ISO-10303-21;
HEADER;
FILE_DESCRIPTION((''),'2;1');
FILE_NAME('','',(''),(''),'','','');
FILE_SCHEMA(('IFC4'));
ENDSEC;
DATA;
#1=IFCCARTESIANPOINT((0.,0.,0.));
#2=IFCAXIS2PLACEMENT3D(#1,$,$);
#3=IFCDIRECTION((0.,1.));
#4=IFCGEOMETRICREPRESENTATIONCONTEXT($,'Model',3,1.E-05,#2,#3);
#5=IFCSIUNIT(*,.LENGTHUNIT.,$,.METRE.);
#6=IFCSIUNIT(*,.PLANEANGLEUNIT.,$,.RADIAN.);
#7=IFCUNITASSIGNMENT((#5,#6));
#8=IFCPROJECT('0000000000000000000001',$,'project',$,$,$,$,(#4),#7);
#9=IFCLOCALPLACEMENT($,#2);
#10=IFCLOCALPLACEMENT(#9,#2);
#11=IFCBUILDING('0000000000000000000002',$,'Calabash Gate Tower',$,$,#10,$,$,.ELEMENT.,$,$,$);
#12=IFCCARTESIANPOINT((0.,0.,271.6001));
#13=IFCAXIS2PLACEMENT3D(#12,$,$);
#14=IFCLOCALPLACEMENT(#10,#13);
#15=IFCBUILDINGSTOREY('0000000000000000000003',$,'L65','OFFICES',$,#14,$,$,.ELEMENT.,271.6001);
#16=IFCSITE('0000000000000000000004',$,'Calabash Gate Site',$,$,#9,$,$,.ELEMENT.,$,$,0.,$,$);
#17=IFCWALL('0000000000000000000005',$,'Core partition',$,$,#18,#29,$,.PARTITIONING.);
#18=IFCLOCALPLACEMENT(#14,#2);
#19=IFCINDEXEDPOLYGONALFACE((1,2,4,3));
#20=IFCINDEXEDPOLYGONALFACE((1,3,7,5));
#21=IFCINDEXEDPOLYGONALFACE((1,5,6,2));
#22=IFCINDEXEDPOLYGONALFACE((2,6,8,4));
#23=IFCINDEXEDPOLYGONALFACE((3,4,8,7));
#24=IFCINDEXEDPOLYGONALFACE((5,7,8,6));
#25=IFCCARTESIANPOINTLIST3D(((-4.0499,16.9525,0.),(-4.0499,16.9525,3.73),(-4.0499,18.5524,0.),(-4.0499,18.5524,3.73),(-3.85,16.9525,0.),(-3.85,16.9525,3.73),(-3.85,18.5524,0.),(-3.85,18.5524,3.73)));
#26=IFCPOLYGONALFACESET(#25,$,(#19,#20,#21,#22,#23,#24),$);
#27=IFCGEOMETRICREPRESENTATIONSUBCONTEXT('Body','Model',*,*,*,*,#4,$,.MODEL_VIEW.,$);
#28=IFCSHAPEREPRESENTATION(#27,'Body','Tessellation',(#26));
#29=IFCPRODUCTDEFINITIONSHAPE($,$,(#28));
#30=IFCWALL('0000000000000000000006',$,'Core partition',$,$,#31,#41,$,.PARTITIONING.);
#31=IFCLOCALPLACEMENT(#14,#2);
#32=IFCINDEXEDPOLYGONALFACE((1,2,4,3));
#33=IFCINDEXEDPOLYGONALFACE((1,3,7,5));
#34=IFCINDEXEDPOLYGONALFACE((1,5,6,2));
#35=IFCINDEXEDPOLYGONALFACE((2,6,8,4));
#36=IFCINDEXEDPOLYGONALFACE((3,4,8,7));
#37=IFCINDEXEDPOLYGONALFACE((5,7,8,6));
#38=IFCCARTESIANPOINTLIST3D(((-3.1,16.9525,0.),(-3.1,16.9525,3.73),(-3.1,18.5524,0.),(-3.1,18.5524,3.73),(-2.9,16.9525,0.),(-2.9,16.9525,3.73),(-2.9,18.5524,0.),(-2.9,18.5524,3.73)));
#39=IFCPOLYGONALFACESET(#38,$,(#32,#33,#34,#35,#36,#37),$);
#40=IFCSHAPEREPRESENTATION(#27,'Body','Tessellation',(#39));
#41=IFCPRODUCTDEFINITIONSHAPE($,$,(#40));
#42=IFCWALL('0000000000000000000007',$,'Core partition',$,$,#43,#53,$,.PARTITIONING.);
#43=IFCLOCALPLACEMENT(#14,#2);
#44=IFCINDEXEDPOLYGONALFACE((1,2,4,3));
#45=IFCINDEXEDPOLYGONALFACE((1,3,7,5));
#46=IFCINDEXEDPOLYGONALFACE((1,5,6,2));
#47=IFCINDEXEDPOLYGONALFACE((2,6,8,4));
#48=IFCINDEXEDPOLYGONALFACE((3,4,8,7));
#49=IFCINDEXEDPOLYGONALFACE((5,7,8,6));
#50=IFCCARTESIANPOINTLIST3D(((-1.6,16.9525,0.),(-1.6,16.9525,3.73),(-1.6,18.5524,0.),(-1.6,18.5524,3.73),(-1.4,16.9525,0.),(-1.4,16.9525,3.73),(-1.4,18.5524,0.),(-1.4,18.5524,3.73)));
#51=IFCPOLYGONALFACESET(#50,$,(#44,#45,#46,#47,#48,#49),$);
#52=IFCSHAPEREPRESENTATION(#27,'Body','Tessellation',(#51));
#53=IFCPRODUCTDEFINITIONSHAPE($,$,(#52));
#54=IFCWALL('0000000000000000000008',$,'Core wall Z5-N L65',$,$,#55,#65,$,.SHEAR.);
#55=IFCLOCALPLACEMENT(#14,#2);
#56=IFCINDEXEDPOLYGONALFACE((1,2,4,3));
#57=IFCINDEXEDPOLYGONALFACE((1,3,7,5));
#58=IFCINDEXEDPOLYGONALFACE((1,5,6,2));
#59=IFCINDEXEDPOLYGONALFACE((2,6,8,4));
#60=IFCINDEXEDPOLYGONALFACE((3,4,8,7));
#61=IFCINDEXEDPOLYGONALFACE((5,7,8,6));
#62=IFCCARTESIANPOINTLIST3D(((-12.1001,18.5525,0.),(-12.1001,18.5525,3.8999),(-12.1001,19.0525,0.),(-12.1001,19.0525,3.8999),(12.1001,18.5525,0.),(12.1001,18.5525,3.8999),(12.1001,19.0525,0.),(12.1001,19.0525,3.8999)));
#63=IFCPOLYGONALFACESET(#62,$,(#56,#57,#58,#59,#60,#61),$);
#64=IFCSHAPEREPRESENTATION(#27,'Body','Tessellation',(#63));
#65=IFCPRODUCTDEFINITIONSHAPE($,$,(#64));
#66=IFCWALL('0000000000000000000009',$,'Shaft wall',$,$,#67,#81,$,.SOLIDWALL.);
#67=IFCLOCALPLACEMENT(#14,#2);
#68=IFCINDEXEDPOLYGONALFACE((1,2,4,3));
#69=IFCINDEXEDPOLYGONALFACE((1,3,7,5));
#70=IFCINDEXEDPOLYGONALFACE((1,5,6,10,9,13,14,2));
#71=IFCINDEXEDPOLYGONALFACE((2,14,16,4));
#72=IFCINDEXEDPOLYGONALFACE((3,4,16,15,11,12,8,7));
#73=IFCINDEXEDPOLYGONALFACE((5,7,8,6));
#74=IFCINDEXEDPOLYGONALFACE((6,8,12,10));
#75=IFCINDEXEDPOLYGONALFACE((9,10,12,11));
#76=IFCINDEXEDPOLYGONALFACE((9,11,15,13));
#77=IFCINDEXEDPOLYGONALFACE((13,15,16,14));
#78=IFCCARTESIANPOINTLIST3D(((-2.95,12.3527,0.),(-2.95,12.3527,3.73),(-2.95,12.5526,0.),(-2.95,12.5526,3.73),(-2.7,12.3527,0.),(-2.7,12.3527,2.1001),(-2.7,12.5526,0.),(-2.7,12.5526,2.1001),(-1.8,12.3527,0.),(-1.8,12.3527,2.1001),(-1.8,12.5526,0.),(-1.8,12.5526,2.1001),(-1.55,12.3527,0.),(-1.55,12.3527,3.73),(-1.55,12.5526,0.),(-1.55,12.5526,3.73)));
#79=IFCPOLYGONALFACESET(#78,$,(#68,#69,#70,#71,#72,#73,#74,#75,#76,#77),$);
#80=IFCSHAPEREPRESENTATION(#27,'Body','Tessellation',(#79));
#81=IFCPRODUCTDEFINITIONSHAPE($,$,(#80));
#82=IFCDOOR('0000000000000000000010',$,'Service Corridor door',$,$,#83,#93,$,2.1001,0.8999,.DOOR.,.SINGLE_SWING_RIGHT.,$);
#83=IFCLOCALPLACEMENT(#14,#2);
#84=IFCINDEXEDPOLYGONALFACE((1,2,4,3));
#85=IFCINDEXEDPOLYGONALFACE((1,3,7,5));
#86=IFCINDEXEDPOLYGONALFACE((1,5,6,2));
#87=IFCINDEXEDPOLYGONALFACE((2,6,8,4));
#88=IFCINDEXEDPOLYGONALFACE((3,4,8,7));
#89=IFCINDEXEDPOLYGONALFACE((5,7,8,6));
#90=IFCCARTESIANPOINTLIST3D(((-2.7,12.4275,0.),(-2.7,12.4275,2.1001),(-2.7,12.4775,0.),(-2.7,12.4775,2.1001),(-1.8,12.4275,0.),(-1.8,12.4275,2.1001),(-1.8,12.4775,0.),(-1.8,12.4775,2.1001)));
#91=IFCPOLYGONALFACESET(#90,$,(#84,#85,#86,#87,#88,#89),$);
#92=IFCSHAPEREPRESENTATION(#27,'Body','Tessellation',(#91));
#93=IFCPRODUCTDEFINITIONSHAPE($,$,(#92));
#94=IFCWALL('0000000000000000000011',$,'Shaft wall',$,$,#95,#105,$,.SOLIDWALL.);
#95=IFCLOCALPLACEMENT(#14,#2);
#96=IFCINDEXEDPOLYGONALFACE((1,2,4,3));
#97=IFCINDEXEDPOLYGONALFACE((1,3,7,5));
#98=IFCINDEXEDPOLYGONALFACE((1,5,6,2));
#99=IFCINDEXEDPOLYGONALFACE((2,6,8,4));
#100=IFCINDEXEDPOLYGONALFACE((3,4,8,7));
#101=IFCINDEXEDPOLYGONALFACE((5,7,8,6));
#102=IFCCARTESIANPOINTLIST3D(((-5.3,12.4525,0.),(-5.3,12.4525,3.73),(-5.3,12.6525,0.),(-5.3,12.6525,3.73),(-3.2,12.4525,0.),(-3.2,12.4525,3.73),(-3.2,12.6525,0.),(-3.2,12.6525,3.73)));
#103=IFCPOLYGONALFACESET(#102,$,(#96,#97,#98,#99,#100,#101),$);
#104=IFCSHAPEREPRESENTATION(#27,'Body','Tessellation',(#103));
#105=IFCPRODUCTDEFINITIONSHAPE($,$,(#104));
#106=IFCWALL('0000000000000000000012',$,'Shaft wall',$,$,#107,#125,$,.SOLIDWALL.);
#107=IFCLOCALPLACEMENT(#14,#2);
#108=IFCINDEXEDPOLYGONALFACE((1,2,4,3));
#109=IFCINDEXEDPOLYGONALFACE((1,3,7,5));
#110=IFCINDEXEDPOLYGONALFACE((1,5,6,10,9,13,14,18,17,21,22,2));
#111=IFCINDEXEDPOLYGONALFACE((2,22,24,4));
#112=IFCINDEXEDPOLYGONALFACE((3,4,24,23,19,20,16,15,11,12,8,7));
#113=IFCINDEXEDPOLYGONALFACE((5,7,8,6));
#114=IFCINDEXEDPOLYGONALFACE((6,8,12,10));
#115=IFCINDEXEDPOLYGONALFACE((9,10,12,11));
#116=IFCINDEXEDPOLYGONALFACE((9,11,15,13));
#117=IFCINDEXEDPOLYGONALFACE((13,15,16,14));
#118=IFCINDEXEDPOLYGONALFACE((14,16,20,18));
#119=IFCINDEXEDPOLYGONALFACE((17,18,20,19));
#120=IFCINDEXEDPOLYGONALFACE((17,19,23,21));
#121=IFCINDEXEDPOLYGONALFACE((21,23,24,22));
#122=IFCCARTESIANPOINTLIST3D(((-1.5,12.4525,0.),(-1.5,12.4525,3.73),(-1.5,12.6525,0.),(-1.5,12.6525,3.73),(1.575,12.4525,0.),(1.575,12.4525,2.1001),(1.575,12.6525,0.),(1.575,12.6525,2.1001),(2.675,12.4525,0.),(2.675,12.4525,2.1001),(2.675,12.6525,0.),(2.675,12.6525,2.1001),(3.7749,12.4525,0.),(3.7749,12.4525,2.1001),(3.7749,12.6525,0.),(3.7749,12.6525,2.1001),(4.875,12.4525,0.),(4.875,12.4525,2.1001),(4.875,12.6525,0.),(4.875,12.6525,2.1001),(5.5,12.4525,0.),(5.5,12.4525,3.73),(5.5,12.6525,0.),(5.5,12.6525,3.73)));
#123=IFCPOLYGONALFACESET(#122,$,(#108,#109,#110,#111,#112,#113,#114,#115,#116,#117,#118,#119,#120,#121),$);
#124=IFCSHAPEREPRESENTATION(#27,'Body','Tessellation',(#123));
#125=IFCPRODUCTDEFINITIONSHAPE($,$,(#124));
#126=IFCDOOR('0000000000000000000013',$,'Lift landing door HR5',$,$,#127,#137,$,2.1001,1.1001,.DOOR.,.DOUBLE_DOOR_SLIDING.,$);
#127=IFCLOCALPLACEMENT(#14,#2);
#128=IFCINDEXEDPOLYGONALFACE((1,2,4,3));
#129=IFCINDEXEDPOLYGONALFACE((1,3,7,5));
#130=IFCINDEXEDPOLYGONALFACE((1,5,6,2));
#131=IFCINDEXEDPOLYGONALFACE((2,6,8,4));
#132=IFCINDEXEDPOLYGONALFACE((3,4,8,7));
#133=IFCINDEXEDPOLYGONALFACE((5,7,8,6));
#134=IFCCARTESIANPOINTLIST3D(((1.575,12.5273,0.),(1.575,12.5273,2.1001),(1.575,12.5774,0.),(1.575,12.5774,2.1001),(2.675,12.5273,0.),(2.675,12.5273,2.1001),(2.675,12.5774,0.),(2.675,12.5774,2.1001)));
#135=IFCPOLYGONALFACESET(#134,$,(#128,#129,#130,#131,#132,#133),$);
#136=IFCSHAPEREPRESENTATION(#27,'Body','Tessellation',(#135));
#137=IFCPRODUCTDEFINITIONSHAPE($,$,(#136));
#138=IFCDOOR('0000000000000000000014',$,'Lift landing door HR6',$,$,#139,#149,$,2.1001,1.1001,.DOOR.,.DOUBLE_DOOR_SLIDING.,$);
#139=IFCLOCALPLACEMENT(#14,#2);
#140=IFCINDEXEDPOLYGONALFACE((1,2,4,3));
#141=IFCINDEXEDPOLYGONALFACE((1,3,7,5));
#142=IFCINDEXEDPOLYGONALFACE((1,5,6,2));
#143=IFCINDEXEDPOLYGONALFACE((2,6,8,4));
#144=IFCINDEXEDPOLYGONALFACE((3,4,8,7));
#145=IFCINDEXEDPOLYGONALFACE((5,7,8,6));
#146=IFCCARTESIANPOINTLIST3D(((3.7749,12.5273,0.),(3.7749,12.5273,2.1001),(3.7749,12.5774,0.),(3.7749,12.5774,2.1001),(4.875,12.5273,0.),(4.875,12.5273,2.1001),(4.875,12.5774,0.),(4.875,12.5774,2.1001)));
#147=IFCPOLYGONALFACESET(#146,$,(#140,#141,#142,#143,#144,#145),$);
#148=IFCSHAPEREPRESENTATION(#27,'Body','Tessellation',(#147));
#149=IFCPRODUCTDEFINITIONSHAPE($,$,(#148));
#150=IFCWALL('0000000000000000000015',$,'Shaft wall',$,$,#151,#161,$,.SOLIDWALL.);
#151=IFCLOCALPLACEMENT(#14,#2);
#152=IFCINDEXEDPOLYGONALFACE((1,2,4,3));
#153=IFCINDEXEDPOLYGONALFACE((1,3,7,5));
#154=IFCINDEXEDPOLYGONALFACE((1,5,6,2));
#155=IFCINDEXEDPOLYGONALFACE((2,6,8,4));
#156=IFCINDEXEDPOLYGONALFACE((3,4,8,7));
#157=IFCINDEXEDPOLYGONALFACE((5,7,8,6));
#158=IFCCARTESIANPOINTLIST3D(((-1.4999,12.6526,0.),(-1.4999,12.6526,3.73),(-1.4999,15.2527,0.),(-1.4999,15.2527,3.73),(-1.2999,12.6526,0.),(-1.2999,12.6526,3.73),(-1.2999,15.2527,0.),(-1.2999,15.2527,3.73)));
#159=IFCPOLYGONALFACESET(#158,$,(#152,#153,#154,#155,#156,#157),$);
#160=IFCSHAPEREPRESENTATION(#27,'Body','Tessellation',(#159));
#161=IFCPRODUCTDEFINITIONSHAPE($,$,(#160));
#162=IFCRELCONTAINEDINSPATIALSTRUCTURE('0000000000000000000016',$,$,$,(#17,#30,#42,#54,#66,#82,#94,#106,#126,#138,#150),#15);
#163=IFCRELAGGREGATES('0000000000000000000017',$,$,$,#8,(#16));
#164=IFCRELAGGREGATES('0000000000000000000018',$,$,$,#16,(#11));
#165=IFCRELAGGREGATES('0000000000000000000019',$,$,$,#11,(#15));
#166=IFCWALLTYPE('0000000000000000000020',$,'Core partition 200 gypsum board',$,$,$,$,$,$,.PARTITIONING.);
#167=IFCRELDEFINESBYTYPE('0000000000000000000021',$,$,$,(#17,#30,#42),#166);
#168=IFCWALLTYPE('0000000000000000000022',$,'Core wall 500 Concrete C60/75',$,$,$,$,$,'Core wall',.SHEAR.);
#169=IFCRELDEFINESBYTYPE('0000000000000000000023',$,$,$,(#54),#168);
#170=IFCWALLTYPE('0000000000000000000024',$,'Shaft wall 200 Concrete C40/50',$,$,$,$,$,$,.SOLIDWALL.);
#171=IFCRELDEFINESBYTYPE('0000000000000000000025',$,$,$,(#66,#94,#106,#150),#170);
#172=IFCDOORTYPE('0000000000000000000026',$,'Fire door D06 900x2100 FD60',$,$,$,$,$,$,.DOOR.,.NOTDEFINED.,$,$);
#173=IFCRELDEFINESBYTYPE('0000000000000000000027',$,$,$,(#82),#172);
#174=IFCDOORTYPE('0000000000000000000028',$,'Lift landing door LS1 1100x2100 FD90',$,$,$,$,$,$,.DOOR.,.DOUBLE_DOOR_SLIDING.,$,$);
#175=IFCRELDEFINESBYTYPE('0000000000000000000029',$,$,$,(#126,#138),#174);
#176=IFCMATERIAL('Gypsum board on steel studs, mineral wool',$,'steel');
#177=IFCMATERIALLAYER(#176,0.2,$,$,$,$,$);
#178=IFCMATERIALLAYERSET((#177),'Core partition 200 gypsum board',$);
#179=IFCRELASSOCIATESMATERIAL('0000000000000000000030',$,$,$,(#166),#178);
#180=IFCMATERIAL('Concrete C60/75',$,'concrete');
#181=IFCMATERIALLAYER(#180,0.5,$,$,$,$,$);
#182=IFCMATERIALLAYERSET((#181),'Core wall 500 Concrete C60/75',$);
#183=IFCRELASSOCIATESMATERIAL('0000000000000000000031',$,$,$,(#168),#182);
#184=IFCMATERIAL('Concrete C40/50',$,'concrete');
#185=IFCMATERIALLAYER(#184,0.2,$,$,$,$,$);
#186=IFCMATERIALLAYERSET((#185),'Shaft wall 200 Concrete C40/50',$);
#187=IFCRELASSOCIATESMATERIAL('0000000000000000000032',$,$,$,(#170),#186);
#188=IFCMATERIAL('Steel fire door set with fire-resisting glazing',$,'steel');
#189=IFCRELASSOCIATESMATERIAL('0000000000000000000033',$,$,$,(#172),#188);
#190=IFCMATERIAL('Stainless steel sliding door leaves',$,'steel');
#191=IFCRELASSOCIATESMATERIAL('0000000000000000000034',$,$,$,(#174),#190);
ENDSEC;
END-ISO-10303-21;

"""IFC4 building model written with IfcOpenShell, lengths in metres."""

from ifc_helpers import new_model, si_unit, direction, frame, frame_2d, origin, place, context, subcontext, project, spatial, rectangle, extrude, material, layer, layer_set, type_object, element, fill, save


model = new_model("IFC4")

# Units and contexts
model_context = context("Model", 3, precision=1e-05, world=origin(), true_north=direction((0.0, 1.0)))
body_context = subcontext(model_context, "Body", "Model", "MODEL_VIEW")
ifc_project = project(units=[si_unit("LENGTHUNIT", "METRE"), si_unit("PLANEANGLEUNIT", "RADIAN")], contexts=[model_context])

# Site, building, storey
site_placement = place(None, origin())
site = spatial("IfcSite", under=ifc_project, at=site_placement, Name="Calabash Gate Site", CompositionType="ELEMENT", RefElevation=0.0)
building_placement = place(site_placement, origin())
building = spatial("IfcBuilding", under=site, at=building_placement, Name="Calabash Gate Tower", CompositionType="ELEMENT")
storey_placement = place(building_placement, frame((0.0, 0.0, 271.6001)))
storey = spatial("IfcBuildingStorey", under=building, at=storey_placement, Name="L65", Description="OFFICES", CompositionType="ELEMENT", Elevation=271.6001)

# Walls
ifc_material_1 = material(Name="Gypsum board on steel studs, mineral wool", Category="steel")
ifc_layer_1 = layer(ifc_material_1, 0.2)
ifc_layer_set_1 = layer_set([ifc_layer_1], Name="Core partition 200 gypsum board")
wall_type_1 = type_object("IfcWallType", Name="Core partition 200 gypsum board", PredefinedType="PARTITIONING", material=ifc_layer_set_1)
for number, where, z_axis, x_axis, name in (
    (1, (-3.95, 16.9526, 0.0), (0.0, 0.0, 1.0), (0.0, 1.0, 0.0), "Core partition"),
    (2, (-3.0, 16.9526, 0.0), (0.0, 0.0, 1.0), (0.0, 1.0, 0.0), "Core partition"),
    (3, (-1.5, 16.9526, 0.0), (0.0, 0.0, 1.0), (0.0, 1.0, 0.0), "Core partition"),
):
    element("IfcWall", number, at=place(storey_placement, frame(where, z_axis=z_axis, x_axis=x_axis)), inside=storey, type_object=wall_type_1, Name=name, PredefinedType="PARTITIONING", context=body_context, shape_type="SweptSolid", body=[
        extrude(rectangle(XDim=1.5999, YDim=0.2, at=frame_2d((0.7998, 0.0))), origin(), (0.0, 0.0, 1.0), 3.73),
    ])
ifc_material_2 = material(Name="Concrete C60/75", Category="concrete")
ifc_layer_2 = layer(ifc_material_2, 0.5)
ifc_layer_set_2 = layer_set([ifc_layer_2], Name="Core wall 500 Concrete C60/75")
wall_type_2 = type_object("IfcWallType", Name="Core wall 500 Concrete C60/75", ElementType="Core wall", PredefinedType="SHEAR", material=ifc_layer_set_2)
wall_1_placement = place(storey_placement, frame((-12.1001, 18.8025, 0.0), z_axis=(0.0, 0.0, 1.0), x_axis=(1.0, 0.0, 0.0)))
element("IfcWall", 4, at=wall_1_placement, inside=storey, type_object=wall_type_2, Name="Core wall Z5-N L65", PredefinedType="SHEAR", context=body_context, shape_type="SweptSolid", body=[
    extrude(rectangle(XDim=24.2002, YDim=0.5, at=frame_2d((12.1001, 0.0))), origin(), (0.0, 0.0, 1.0), 3.8999),
])

# Wall, opening, door
ifc_material_3 = material(Name="Concrete C40/50", Category="concrete")
ifc_layer_3 = layer(ifc_material_3, 0.2)
ifc_layer_set_3 = layer_set([ifc_layer_3], Name="Shaft wall 200 Concrete C40/50")
wall_type_3 = type_object("IfcWallType", Name="Shaft wall 200 Concrete C40/50", PredefinedType="SOLIDWALL", material=ifc_layer_set_3)
wall_2_placement = place(storey_placement, frame((-2.95, 12.4526, 0.0), z_axis=(0.0, 0.0, 1.0), x_axis=(1.0, 0.0, 0.0)))
wall_2 = element("IfcWall", 5, at=wall_2_placement, inside=storey, type_object=wall_type_3, Name="Shaft wall", PredefinedType="SOLIDWALL", context=body_context, shape_type="SweptSolid", body=[
    extrude(rectangle(XDim=1.3999, YDim=0.2, at=frame_2d((0.7, 0.0))), origin(), (0.0, 0.0, 1.0), 3.73),
])
opening_1_placement = place(wall_2_placement, frame((0.25, 0.0, 0.0)))
opening_1 = element("IfcOpeningElement", 6, at=opening_1_placement, cuts=wall_2, PredefinedType="OPENING", context=body_context, shape_type="SweptSolid", body=[
    extrude(rectangle(XDim=0.8999, YDim=2.1001, at=frame_2d((0.45, 1.05))), frame((0.0, 0.1099, 0.0), z_axis=(0.0, -1.0, 0.0), x_axis=(1.0, 0.0, 0.0)), (0.0, 0.0, 1.0), 0.22),
])
ifc_material_4 = material(Name="Steel fire door set with fire-resisting glazing", Category="steel")
door_type_1 = type_object("IfcDoorType", Name="Fire door D06 900x2100 FD60", OperationType="NOTDEFINED", PredefinedType="DOOR", material=ifc_material_4)
door_1_placement = place(opening_1_placement, origin())
door_1 = element("IfcDoor", 7, at=door_1_placement, inside=storey, type_object=door_type_1, Name="Service Corridor door", OperationType="SINGLE_SWING_RIGHT", OverallHeight=2.1001, OverallWidth=0.8999, PredefinedType="DOOR", context=body_context, shape_type="SweptSolid", body=[
    extrude(rectangle(XDim=0.8999, YDim=2.1001, at=frame_2d((0.45, 1.05))), frame((0.0, 0.0249, 0.0), z_axis=(0.0, -1.0, 0.0), x_axis=(1.0, 0.0, 0.0)), (0.0, 0.0, 1.0), 0.05),
])
fill(opening_1, door_1)

# Wall
wall_3_placement = place(storey_placement, frame((-5.3, 12.5525, 0.0), z_axis=(0.0, 0.0, 1.0), x_axis=(1.0, 0.0, 0.0)))
element("IfcWall", 8, at=wall_3_placement, inside=storey, type_object=wall_type_3, Name="Shaft wall", PredefinedType="SOLIDWALL", context=body_context, shape_type="SweptSolid", body=[
    extrude(rectangle(XDim=2.1001, YDim=0.2, at=frame_2d((1.05, 0.0))), origin(), (0.0, 0.0, 1.0), 3.73),
])

# Wall, openings, doors
wall_4_placement = place(storey_placement, frame((-1.5, 12.5525, 0.0), z_axis=(0.0, 0.0, 1.0), x_axis=(1.0, 0.0, 0.0)))
wall_4 = element("IfcWall", 9, at=wall_4_placement, inside=storey, type_object=wall_type_3, Name="Shaft wall", PredefinedType="SOLIDWALL", context=body_context, shape_type="SweptSolid", body=[
    extrude(rectangle(XDim=7.0, YDim=0.2, at=frame_2d((3.5, 0.0))), origin(), (0.0, 0.0, 1.0), 3.73),
])
opening_2_placement = place(wall_4_placement, frame((3.075, 0.0, 0.0)))
opening_2 = element("IfcOpeningElement", 10, at=opening_2_placement, cuts=wall_4, PredefinedType="OPENING", context=body_context, shape_type="SweptSolid", body=[
    extrude(rectangle(XDim=1.1001, YDim=2.1001, at=frame_2d((0.55, 1.05))), frame((0.0, 0.1099, 0.0), z_axis=(0.0, -1.0, 0.0), x_axis=(1.0, 0.0, 0.0)), (0.0, 0.0, 1.0), 0.22),
])
opening_3_placement = place(wall_4_placement, frame((5.2749, 0.0, 0.0)))
opening_3 = element("IfcOpeningElement", 11, at=opening_3_placement, cuts=wall_4, PredefinedType="OPENING", context=body_context, shape_type="SweptSolid", body=[
    extrude(rectangle(XDim=1.1001, YDim=2.1001, at=frame_2d((0.55, 1.05))), frame((0.0, 0.1099, 0.0), z_axis=(0.0, -1.0, 0.0), x_axis=(1.0, 0.0, 0.0)), (0.0, 0.0, 1.0), 0.22),
])
ifc_material_5 = material(Name="Stainless steel sliding door leaves", Category="steel")
door_type_2 = type_object("IfcDoorType", Name="Lift landing door LS1 1100x2100 FD90", OperationType="DOUBLE_DOOR_SLIDING", PredefinedType="DOOR", material=ifc_material_5)
door_2_placement = place(opening_2_placement, origin())
door_2 = element("IfcDoor", 12, at=door_2_placement, inside=storey, type_object=door_type_2, Name="Lift landing door HR5", OperationType="DOUBLE_DOOR_SLIDING", OverallHeight=2.1001, OverallWidth=1.1001, PredefinedType="DOOR", context=body_context, shape_type="SweptSolid", body=[
    extrude(rectangle(XDim=1.1001, YDim=2.1001, at=frame_2d((0.55, 1.05))), frame((0.0, 0.0249, 0.0), z_axis=(0.0, -1.0, 0.0), x_axis=(1.0, 0.0, 0.0)), (0.0, 0.0, 1.0), 0.05),
])
fill(opening_2, door_2)
door_3_placement = place(opening_3_placement, origin())
door_3 = element("IfcDoor", 13, at=door_3_placement, inside=storey, type_object=door_type_2, Name="Lift landing door HR6", OperationType="DOUBLE_DOOR_SLIDING", OverallHeight=2.1001, OverallWidth=1.1001, PredefinedType="DOOR", context=body_context, shape_type="SweptSolid", body=[
    extrude(rectangle(XDim=1.1001, YDim=2.1001, at=frame_2d((0.55, 1.05))), frame((0.0, 0.0249, 0.0), z_axis=(0.0, -1.0, 0.0), x_axis=(1.0, 0.0, 0.0)), (0.0, 0.0, 1.0), 0.05),
])
fill(opening_3, door_3)

# Wall
wall_5_placement = place(storey_placement, frame((-1.3999, 12.6526, 0.0), z_axis=(0.0, 0.0, 1.0), x_axis=(0.0, 1.0, 0.0)))
element("IfcWall", 14, at=wall_5_placement, inside=storey, type_object=wall_type_3, Name="Shaft wall", PredefinedType="SOLIDWALL", context=body_context, shape_type="SweptSolid", body=[
    extrude(rectangle(XDim=2.6001, YDim=0.2, at=frame_2d((1.3, 0.0))), origin(), (0.0, 0.0, 1.0), 3.73),
])

save(model, "model.ifc")
